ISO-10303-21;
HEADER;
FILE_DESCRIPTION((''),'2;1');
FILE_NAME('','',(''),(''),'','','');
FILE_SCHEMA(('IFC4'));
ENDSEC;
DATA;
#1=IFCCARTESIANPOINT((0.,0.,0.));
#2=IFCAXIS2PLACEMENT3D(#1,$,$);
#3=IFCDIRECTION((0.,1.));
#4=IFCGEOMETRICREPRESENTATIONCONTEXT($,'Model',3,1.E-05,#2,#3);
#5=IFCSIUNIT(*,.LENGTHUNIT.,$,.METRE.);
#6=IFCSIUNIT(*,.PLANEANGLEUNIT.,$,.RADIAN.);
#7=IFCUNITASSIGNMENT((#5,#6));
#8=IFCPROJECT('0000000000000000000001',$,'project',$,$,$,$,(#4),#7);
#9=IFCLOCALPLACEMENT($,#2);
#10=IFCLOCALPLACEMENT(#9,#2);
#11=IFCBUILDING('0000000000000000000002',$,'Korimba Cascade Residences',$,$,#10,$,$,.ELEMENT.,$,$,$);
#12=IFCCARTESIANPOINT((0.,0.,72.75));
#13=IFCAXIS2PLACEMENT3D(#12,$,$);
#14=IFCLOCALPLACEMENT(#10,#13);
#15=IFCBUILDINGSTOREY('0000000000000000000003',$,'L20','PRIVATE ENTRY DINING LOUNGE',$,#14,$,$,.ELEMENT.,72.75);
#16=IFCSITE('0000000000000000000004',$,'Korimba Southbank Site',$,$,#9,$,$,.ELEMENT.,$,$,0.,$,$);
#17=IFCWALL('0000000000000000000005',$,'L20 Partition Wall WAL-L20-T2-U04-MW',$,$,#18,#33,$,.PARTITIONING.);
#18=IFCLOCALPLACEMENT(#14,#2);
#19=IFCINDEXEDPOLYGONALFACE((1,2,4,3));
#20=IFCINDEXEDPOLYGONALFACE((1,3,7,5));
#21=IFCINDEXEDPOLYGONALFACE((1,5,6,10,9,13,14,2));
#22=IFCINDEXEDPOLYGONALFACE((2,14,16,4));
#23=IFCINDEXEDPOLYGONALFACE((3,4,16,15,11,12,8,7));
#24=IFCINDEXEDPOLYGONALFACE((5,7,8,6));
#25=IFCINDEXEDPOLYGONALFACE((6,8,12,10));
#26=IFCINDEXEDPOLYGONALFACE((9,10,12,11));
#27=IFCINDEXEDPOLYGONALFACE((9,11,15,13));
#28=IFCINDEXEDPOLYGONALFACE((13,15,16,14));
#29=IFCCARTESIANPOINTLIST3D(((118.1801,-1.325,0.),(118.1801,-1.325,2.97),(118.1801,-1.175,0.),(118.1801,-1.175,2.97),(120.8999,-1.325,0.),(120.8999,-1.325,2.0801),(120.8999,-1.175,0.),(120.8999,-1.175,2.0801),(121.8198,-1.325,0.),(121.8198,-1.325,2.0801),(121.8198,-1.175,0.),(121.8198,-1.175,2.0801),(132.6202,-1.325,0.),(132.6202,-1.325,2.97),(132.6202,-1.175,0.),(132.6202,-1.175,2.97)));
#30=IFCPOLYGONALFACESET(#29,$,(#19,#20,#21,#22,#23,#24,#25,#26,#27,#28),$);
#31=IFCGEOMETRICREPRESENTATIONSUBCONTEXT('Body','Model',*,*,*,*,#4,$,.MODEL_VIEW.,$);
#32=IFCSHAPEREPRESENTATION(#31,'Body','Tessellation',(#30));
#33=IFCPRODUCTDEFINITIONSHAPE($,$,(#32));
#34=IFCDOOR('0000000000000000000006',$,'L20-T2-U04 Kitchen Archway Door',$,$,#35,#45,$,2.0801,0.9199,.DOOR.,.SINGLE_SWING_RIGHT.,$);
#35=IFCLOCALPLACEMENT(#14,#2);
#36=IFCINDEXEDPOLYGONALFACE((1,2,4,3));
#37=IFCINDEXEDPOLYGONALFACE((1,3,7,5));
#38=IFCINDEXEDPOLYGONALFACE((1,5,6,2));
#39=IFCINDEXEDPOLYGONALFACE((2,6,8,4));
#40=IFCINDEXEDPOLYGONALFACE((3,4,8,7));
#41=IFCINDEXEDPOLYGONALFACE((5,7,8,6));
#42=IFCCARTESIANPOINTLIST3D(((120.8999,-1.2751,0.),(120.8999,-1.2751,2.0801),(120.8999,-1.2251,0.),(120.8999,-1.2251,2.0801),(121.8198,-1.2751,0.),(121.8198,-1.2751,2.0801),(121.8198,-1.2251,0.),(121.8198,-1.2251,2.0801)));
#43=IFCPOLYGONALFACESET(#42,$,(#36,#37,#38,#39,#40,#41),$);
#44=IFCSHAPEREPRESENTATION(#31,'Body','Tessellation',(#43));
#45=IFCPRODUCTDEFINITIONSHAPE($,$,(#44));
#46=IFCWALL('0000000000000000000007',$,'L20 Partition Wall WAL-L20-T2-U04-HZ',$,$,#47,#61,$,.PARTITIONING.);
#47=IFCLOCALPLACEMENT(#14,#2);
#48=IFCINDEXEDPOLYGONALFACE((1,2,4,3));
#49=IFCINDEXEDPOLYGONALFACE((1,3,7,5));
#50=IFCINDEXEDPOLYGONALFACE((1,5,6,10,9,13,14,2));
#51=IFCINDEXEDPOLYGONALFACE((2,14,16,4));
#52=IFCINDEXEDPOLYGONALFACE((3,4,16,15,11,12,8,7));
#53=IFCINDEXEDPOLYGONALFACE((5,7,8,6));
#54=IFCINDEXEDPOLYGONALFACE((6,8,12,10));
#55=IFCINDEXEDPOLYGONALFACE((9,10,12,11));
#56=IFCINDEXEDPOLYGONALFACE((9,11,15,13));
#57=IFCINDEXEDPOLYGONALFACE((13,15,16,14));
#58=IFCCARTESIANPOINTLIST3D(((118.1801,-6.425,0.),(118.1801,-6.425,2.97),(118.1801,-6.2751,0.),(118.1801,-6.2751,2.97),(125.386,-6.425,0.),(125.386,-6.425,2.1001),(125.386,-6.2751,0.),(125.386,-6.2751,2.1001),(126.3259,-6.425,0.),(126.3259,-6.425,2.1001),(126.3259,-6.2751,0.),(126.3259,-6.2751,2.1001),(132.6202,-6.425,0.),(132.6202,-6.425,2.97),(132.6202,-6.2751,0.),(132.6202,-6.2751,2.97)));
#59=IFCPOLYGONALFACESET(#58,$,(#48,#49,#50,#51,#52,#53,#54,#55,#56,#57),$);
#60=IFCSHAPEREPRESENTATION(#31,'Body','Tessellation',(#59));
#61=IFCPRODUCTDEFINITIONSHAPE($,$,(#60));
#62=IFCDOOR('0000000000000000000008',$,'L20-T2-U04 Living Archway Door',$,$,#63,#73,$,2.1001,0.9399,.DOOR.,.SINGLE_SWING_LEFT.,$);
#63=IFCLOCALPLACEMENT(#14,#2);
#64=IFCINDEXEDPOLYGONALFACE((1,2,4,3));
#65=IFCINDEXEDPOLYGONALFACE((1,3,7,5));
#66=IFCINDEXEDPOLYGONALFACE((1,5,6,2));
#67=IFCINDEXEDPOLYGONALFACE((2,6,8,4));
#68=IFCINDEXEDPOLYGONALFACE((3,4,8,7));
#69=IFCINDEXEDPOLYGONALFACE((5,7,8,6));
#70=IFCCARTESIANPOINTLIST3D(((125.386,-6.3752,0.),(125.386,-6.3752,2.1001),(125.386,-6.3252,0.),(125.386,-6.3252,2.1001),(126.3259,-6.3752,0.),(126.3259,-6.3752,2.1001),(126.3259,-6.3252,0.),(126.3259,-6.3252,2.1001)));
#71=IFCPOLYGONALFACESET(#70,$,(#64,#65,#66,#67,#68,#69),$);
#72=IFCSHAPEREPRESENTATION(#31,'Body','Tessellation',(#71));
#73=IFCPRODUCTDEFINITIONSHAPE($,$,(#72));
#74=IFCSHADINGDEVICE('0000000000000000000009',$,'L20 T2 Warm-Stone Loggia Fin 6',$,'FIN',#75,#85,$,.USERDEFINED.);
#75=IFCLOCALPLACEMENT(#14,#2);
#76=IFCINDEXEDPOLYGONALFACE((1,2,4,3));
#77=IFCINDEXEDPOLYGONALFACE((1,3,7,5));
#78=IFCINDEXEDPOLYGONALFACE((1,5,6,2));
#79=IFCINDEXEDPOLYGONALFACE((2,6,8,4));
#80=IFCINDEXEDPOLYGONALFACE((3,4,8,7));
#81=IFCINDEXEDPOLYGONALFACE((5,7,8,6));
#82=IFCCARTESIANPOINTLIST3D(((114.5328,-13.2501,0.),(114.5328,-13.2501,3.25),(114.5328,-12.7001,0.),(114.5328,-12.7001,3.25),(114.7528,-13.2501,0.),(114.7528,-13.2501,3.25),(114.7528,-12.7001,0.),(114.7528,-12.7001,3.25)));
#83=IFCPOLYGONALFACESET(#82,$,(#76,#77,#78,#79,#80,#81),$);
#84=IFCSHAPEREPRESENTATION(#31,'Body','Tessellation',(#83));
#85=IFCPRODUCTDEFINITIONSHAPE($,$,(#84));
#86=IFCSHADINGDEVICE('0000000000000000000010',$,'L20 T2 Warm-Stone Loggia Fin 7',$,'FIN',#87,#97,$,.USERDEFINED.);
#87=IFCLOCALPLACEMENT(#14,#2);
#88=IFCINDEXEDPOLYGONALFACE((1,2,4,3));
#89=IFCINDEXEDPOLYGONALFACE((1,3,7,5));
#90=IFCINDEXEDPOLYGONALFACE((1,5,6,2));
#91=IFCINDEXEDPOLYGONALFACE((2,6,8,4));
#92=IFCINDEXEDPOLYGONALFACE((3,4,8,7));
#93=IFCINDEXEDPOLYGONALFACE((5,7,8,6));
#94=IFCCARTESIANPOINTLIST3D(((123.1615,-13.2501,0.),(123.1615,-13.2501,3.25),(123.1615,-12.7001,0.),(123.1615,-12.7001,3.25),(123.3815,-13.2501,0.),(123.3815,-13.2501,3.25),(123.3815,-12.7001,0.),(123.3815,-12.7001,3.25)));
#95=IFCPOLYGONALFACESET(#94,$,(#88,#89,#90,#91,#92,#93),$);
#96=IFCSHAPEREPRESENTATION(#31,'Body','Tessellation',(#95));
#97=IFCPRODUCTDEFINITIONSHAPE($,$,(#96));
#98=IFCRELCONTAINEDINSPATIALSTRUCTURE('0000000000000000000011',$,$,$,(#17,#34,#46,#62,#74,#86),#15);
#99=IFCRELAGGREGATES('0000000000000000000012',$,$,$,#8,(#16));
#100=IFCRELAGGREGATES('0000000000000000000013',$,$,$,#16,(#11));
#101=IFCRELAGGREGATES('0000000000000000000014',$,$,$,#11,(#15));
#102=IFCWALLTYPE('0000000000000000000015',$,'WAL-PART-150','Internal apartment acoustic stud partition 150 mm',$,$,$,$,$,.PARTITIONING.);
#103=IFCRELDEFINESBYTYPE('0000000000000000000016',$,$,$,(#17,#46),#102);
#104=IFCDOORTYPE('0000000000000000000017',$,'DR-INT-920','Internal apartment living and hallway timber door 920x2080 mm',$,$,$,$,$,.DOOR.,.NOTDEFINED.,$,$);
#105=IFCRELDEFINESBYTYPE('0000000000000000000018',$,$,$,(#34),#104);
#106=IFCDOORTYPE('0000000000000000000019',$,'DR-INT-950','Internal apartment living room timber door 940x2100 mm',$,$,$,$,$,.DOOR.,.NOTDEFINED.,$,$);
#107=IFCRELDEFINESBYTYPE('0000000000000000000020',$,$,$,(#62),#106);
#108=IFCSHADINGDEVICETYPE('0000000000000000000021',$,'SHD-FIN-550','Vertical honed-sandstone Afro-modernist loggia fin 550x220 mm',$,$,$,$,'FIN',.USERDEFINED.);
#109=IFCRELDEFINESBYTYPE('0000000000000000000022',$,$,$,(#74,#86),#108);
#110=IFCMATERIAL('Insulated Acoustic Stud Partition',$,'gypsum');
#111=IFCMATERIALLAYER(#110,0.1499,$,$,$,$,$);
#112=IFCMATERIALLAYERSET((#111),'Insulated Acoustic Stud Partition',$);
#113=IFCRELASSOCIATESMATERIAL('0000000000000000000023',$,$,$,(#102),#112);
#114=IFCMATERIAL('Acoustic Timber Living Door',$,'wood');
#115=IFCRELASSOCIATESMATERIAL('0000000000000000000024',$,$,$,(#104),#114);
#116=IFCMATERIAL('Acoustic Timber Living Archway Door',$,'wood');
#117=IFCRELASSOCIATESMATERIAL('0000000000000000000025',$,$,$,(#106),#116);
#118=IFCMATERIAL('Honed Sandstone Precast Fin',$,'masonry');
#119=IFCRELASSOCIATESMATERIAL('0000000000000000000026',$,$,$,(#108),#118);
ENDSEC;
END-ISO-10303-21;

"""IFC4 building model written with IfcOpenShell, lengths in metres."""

from ifc_helpers import new_model, si_unit, direction, frame, frame_2d, origin, origin_2d, place, context, subcontext, project, spatial, rectangle, extrude, material, layer, layer_set, type_object, element, fill, save


model = new_model("IFC4")

# Units and contexts
model_context = context("Model", 3, precision=1e-05, world=origin(), true_north=direction((0.0, 1.0)))
body_context = subcontext(model_context, "Body", "Model", "MODEL_VIEW")
ifc_project = project(units=[si_unit("LENGTHUNIT", "METRE"), si_unit("PLANEANGLEUNIT", "RADIAN")], contexts=[model_context])

# Site, building, storey
site_placement = place(None, origin())
site = spatial("IfcSite", under=ifc_project, at=site_placement, Name="Korimba Southbank Site", CompositionType="ELEMENT", RefElevation=0.0)
building_placement = place(site_placement, origin())
building = spatial("IfcBuilding", under=site, at=building_placement, Name="Korimba Cascade Residences", CompositionType="ELEMENT")
storey_placement = place(building_placement, frame((0.0, 0.0, 72.75)))
storey = spatial("IfcBuildingStorey", under=building, at=storey_placement, Name="L20", Description="PRIVATE ENTRY DINING LOUNGE", CompositionType="ELEMENT", Elevation=72.75)

# Shared definitions
ifc_material_1 = material(Name="Insulated Acoustic Stud Partition", Category="gypsum")
ifc_layer_1 = layer(ifc_material_1, 0.1499)
ifc_layer_set_1 = layer_set([ifc_layer_1], Name="Insulated Acoustic Stud Partition")
wall_type_1 = type_object("IfcWallType", Name="WAL-PART-150", Description="Internal apartment acoustic stud partition 150 mm", PredefinedType="PARTITIONING", material=ifc_layer_set_1)

# Walls, openings, doors
wall_1_placement = place(storey_placement, frame((118.1799, -1.25, 0.0), z_axis=(0.0, 0.0, 1.0), x_axis=(1.0, 0.0, 0.0)))
wall_1 = element("IfcWall", 1, at=wall_1_placement, inside=storey, type_object=wall_type_1, Name="L20 Partition Wall WAL-L20-T2-U04-MW", PredefinedType="PARTITIONING", context=body_context, shape_type="SweptSolid", body=[
    extrude(rectangle(XDim=14.4402, YDim=0.1499, at=frame_2d((7.2202, 0.0))), origin(), (0.0, 0.0, 1.0), 2.97),
])
opening_1_placement = place(wall_1_placement, frame((2.72, 0.0, 0.0)))
opening_1 = element("IfcOpeningElement", 2, at=opening_1_placement, cuts=wall_1, PredefinedType="OPENING", context=body_context, shape_type="SweptSolid", body=[
    extrude(rectangle(XDim=0.9199, YDim=2.0801, at=frame_2d((0.46, 1.04))), frame((0.0, 0.085, 0.0), z_axis=(0.0, -1.0, 0.0), x_axis=(1.0, 0.0, 0.0)), (0.0, 0.0, 1.0), 0.1699),
])
ifc_material_2 = material(Name="Acoustic Timber Living Door", Category="wood")
door_type_1 = type_object("IfcDoorType", Name="DR-INT-920", Description="Internal apartment living and hallway timber door 920x2080 mm", OperationType="NOTDEFINED", PredefinedType="DOOR", material=ifc_material_2)
door_1_placement = place(opening_1_placement, origin())
door_1 = element("IfcDoor", 3, at=door_1_placement, inside=storey, type_object=door_type_1, Name="L20-T2-U04 Kitchen Archway Door", OperationType="SINGLE_SWING_RIGHT", OverallHeight=2.0801, OverallWidth=0.9199, PredefinedType="DOOR", context=body_context, shape_type="SweptSolid", body=[
    extrude(rectangle(XDim=0.9199, YDim=2.0801, at=frame_2d((0.46, 1.04))), frame((0.0, 0.0249, 0.0), z_axis=(0.0, -1.0, 0.0), x_axis=(1.0, 0.0, 0.0)), (0.0, 0.0, 1.0), 0.05),
])
fill(opening_1, door_1)
wall_2_placement = place(storey_placement, frame((118.1799, -6.3501, 0.0), z_axis=(0.0, 0.0, 1.0), x_axis=(1.0, 0.0, 0.0)))
wall_2 = element("IfcWall", 4, at=wall_2_placement, inside=storey, type_object=wall_type_1, Name="L20 Partition Wall WAL-L20-T2-U04-HZ", PredefinedType="PARTITIONING", context=body_context, shape_type="SweptSolid", body=[
    extrude(rectangle(XDim=14.4402, YDim=0.1499, at=frame_2d((7.2202, 0.0))), origin(), (0.0, 0.0, 1.0), 2.97),
])
opening_2_placement = place(wall_2_placement, frame((7.2061, 0.0, 0.0)))
opening_2 = element("IfcOpeningElement", 5, at=opening_2_placement, cuts=wall_2, PredefinedType="OPENING", context=body_context, shape_type="SweptSolid", body=[
    extrude(rectangle(XDim=0.9399, YDim=2.1001, at=frame_2d((0.47, 1.05))), frame((0.0, 0.085, 0.0), z_axis=(0.0, -1.0, 0.0), x_axis=(1.0, 0.0, 0.0)), (0.0, 0.0, 1.0), 0.1699),
])
ifc_material_3 = material(Name="Acoustic Timber Living Archway Door", Category="wood")
door_type_2 = type_object("IfcDoorType", Name="DR-INT-950", Description="Internal apartment living room timber door 940x2100 mm", OperationType="NOTDEFINED", PredefinedType="DOOR", material=ifc_material_3)
door_2_placement = place(opening_2_placement, origin())
door_2 = element("IfcDoor", 6, at=door_2_placement, inside=storey, type_object=door_type_2, Name="L20-T2-U04 Living Archway Door", OperationType="SINGLE_SWING_LEFT", OverallHeight=2.1001, OverallWidth=0.9399, PredefinedType="DOOR", context=body_context, shape_type="SweptSolid", body=[
    extrude(rectangle(XDim=0.9399, YDim=2.1001, at=frame_2d((0.47, 1.05))), frame((0.0, 0.0249, 0.0), z_axis=(0.0, -1.0, 0.0), x_axis=(1.0, 0.0, 0.0)), (0.0, 0.0, 1.0), 0.05),
])
fill(opening_2, door_2)

# Shading devices
ifc_material_4 = material(Name="Honed Sandstone Precast Fin", Category="masonry")
shading_device_type = type_object("IfcShadingDeviceType", Name="SHD-FIN-550", Description="Vertical honed-sandstone Afro-modernist loggia fin 550x220 mm", ElementType="FIN", PredefinedType="USERDEFINED", material=ifc_material_4)
for number, where, z_axis, x_axis, name in (
    (7, (114.6428, -12.9751, 0.0), (0.0, 0.0, 1.0), (1.0, 0.0, 0.0), "L20 T2 Warm-Stone Loggia Fin 6"),
    (8, (123.2715, -12.9751, 0.0), (0.0, 0.0, 1.0), (1.0, 0.0, 0.0), "L20 T2 Warm-Stone Loggia Fin 7"),
):
    element("IfcShadingDevice", number, at=place(storey_placement, frame(where, z_axis=z_axis, x_axis=x_axis)), inside=storey, type_object=shading_device_type, Name=name, ObjectType="FIN", PredefinedType="USERDEFINED", context=body_context, shape_type="SweptSolid", body=[
        extrude(rectangle(XDim=0.22, YDim=0.55, at=origin_2d()), origin(), (0.0, 0.0, 1.0), 3.25),
    ])

save(model, "model.ifc")
